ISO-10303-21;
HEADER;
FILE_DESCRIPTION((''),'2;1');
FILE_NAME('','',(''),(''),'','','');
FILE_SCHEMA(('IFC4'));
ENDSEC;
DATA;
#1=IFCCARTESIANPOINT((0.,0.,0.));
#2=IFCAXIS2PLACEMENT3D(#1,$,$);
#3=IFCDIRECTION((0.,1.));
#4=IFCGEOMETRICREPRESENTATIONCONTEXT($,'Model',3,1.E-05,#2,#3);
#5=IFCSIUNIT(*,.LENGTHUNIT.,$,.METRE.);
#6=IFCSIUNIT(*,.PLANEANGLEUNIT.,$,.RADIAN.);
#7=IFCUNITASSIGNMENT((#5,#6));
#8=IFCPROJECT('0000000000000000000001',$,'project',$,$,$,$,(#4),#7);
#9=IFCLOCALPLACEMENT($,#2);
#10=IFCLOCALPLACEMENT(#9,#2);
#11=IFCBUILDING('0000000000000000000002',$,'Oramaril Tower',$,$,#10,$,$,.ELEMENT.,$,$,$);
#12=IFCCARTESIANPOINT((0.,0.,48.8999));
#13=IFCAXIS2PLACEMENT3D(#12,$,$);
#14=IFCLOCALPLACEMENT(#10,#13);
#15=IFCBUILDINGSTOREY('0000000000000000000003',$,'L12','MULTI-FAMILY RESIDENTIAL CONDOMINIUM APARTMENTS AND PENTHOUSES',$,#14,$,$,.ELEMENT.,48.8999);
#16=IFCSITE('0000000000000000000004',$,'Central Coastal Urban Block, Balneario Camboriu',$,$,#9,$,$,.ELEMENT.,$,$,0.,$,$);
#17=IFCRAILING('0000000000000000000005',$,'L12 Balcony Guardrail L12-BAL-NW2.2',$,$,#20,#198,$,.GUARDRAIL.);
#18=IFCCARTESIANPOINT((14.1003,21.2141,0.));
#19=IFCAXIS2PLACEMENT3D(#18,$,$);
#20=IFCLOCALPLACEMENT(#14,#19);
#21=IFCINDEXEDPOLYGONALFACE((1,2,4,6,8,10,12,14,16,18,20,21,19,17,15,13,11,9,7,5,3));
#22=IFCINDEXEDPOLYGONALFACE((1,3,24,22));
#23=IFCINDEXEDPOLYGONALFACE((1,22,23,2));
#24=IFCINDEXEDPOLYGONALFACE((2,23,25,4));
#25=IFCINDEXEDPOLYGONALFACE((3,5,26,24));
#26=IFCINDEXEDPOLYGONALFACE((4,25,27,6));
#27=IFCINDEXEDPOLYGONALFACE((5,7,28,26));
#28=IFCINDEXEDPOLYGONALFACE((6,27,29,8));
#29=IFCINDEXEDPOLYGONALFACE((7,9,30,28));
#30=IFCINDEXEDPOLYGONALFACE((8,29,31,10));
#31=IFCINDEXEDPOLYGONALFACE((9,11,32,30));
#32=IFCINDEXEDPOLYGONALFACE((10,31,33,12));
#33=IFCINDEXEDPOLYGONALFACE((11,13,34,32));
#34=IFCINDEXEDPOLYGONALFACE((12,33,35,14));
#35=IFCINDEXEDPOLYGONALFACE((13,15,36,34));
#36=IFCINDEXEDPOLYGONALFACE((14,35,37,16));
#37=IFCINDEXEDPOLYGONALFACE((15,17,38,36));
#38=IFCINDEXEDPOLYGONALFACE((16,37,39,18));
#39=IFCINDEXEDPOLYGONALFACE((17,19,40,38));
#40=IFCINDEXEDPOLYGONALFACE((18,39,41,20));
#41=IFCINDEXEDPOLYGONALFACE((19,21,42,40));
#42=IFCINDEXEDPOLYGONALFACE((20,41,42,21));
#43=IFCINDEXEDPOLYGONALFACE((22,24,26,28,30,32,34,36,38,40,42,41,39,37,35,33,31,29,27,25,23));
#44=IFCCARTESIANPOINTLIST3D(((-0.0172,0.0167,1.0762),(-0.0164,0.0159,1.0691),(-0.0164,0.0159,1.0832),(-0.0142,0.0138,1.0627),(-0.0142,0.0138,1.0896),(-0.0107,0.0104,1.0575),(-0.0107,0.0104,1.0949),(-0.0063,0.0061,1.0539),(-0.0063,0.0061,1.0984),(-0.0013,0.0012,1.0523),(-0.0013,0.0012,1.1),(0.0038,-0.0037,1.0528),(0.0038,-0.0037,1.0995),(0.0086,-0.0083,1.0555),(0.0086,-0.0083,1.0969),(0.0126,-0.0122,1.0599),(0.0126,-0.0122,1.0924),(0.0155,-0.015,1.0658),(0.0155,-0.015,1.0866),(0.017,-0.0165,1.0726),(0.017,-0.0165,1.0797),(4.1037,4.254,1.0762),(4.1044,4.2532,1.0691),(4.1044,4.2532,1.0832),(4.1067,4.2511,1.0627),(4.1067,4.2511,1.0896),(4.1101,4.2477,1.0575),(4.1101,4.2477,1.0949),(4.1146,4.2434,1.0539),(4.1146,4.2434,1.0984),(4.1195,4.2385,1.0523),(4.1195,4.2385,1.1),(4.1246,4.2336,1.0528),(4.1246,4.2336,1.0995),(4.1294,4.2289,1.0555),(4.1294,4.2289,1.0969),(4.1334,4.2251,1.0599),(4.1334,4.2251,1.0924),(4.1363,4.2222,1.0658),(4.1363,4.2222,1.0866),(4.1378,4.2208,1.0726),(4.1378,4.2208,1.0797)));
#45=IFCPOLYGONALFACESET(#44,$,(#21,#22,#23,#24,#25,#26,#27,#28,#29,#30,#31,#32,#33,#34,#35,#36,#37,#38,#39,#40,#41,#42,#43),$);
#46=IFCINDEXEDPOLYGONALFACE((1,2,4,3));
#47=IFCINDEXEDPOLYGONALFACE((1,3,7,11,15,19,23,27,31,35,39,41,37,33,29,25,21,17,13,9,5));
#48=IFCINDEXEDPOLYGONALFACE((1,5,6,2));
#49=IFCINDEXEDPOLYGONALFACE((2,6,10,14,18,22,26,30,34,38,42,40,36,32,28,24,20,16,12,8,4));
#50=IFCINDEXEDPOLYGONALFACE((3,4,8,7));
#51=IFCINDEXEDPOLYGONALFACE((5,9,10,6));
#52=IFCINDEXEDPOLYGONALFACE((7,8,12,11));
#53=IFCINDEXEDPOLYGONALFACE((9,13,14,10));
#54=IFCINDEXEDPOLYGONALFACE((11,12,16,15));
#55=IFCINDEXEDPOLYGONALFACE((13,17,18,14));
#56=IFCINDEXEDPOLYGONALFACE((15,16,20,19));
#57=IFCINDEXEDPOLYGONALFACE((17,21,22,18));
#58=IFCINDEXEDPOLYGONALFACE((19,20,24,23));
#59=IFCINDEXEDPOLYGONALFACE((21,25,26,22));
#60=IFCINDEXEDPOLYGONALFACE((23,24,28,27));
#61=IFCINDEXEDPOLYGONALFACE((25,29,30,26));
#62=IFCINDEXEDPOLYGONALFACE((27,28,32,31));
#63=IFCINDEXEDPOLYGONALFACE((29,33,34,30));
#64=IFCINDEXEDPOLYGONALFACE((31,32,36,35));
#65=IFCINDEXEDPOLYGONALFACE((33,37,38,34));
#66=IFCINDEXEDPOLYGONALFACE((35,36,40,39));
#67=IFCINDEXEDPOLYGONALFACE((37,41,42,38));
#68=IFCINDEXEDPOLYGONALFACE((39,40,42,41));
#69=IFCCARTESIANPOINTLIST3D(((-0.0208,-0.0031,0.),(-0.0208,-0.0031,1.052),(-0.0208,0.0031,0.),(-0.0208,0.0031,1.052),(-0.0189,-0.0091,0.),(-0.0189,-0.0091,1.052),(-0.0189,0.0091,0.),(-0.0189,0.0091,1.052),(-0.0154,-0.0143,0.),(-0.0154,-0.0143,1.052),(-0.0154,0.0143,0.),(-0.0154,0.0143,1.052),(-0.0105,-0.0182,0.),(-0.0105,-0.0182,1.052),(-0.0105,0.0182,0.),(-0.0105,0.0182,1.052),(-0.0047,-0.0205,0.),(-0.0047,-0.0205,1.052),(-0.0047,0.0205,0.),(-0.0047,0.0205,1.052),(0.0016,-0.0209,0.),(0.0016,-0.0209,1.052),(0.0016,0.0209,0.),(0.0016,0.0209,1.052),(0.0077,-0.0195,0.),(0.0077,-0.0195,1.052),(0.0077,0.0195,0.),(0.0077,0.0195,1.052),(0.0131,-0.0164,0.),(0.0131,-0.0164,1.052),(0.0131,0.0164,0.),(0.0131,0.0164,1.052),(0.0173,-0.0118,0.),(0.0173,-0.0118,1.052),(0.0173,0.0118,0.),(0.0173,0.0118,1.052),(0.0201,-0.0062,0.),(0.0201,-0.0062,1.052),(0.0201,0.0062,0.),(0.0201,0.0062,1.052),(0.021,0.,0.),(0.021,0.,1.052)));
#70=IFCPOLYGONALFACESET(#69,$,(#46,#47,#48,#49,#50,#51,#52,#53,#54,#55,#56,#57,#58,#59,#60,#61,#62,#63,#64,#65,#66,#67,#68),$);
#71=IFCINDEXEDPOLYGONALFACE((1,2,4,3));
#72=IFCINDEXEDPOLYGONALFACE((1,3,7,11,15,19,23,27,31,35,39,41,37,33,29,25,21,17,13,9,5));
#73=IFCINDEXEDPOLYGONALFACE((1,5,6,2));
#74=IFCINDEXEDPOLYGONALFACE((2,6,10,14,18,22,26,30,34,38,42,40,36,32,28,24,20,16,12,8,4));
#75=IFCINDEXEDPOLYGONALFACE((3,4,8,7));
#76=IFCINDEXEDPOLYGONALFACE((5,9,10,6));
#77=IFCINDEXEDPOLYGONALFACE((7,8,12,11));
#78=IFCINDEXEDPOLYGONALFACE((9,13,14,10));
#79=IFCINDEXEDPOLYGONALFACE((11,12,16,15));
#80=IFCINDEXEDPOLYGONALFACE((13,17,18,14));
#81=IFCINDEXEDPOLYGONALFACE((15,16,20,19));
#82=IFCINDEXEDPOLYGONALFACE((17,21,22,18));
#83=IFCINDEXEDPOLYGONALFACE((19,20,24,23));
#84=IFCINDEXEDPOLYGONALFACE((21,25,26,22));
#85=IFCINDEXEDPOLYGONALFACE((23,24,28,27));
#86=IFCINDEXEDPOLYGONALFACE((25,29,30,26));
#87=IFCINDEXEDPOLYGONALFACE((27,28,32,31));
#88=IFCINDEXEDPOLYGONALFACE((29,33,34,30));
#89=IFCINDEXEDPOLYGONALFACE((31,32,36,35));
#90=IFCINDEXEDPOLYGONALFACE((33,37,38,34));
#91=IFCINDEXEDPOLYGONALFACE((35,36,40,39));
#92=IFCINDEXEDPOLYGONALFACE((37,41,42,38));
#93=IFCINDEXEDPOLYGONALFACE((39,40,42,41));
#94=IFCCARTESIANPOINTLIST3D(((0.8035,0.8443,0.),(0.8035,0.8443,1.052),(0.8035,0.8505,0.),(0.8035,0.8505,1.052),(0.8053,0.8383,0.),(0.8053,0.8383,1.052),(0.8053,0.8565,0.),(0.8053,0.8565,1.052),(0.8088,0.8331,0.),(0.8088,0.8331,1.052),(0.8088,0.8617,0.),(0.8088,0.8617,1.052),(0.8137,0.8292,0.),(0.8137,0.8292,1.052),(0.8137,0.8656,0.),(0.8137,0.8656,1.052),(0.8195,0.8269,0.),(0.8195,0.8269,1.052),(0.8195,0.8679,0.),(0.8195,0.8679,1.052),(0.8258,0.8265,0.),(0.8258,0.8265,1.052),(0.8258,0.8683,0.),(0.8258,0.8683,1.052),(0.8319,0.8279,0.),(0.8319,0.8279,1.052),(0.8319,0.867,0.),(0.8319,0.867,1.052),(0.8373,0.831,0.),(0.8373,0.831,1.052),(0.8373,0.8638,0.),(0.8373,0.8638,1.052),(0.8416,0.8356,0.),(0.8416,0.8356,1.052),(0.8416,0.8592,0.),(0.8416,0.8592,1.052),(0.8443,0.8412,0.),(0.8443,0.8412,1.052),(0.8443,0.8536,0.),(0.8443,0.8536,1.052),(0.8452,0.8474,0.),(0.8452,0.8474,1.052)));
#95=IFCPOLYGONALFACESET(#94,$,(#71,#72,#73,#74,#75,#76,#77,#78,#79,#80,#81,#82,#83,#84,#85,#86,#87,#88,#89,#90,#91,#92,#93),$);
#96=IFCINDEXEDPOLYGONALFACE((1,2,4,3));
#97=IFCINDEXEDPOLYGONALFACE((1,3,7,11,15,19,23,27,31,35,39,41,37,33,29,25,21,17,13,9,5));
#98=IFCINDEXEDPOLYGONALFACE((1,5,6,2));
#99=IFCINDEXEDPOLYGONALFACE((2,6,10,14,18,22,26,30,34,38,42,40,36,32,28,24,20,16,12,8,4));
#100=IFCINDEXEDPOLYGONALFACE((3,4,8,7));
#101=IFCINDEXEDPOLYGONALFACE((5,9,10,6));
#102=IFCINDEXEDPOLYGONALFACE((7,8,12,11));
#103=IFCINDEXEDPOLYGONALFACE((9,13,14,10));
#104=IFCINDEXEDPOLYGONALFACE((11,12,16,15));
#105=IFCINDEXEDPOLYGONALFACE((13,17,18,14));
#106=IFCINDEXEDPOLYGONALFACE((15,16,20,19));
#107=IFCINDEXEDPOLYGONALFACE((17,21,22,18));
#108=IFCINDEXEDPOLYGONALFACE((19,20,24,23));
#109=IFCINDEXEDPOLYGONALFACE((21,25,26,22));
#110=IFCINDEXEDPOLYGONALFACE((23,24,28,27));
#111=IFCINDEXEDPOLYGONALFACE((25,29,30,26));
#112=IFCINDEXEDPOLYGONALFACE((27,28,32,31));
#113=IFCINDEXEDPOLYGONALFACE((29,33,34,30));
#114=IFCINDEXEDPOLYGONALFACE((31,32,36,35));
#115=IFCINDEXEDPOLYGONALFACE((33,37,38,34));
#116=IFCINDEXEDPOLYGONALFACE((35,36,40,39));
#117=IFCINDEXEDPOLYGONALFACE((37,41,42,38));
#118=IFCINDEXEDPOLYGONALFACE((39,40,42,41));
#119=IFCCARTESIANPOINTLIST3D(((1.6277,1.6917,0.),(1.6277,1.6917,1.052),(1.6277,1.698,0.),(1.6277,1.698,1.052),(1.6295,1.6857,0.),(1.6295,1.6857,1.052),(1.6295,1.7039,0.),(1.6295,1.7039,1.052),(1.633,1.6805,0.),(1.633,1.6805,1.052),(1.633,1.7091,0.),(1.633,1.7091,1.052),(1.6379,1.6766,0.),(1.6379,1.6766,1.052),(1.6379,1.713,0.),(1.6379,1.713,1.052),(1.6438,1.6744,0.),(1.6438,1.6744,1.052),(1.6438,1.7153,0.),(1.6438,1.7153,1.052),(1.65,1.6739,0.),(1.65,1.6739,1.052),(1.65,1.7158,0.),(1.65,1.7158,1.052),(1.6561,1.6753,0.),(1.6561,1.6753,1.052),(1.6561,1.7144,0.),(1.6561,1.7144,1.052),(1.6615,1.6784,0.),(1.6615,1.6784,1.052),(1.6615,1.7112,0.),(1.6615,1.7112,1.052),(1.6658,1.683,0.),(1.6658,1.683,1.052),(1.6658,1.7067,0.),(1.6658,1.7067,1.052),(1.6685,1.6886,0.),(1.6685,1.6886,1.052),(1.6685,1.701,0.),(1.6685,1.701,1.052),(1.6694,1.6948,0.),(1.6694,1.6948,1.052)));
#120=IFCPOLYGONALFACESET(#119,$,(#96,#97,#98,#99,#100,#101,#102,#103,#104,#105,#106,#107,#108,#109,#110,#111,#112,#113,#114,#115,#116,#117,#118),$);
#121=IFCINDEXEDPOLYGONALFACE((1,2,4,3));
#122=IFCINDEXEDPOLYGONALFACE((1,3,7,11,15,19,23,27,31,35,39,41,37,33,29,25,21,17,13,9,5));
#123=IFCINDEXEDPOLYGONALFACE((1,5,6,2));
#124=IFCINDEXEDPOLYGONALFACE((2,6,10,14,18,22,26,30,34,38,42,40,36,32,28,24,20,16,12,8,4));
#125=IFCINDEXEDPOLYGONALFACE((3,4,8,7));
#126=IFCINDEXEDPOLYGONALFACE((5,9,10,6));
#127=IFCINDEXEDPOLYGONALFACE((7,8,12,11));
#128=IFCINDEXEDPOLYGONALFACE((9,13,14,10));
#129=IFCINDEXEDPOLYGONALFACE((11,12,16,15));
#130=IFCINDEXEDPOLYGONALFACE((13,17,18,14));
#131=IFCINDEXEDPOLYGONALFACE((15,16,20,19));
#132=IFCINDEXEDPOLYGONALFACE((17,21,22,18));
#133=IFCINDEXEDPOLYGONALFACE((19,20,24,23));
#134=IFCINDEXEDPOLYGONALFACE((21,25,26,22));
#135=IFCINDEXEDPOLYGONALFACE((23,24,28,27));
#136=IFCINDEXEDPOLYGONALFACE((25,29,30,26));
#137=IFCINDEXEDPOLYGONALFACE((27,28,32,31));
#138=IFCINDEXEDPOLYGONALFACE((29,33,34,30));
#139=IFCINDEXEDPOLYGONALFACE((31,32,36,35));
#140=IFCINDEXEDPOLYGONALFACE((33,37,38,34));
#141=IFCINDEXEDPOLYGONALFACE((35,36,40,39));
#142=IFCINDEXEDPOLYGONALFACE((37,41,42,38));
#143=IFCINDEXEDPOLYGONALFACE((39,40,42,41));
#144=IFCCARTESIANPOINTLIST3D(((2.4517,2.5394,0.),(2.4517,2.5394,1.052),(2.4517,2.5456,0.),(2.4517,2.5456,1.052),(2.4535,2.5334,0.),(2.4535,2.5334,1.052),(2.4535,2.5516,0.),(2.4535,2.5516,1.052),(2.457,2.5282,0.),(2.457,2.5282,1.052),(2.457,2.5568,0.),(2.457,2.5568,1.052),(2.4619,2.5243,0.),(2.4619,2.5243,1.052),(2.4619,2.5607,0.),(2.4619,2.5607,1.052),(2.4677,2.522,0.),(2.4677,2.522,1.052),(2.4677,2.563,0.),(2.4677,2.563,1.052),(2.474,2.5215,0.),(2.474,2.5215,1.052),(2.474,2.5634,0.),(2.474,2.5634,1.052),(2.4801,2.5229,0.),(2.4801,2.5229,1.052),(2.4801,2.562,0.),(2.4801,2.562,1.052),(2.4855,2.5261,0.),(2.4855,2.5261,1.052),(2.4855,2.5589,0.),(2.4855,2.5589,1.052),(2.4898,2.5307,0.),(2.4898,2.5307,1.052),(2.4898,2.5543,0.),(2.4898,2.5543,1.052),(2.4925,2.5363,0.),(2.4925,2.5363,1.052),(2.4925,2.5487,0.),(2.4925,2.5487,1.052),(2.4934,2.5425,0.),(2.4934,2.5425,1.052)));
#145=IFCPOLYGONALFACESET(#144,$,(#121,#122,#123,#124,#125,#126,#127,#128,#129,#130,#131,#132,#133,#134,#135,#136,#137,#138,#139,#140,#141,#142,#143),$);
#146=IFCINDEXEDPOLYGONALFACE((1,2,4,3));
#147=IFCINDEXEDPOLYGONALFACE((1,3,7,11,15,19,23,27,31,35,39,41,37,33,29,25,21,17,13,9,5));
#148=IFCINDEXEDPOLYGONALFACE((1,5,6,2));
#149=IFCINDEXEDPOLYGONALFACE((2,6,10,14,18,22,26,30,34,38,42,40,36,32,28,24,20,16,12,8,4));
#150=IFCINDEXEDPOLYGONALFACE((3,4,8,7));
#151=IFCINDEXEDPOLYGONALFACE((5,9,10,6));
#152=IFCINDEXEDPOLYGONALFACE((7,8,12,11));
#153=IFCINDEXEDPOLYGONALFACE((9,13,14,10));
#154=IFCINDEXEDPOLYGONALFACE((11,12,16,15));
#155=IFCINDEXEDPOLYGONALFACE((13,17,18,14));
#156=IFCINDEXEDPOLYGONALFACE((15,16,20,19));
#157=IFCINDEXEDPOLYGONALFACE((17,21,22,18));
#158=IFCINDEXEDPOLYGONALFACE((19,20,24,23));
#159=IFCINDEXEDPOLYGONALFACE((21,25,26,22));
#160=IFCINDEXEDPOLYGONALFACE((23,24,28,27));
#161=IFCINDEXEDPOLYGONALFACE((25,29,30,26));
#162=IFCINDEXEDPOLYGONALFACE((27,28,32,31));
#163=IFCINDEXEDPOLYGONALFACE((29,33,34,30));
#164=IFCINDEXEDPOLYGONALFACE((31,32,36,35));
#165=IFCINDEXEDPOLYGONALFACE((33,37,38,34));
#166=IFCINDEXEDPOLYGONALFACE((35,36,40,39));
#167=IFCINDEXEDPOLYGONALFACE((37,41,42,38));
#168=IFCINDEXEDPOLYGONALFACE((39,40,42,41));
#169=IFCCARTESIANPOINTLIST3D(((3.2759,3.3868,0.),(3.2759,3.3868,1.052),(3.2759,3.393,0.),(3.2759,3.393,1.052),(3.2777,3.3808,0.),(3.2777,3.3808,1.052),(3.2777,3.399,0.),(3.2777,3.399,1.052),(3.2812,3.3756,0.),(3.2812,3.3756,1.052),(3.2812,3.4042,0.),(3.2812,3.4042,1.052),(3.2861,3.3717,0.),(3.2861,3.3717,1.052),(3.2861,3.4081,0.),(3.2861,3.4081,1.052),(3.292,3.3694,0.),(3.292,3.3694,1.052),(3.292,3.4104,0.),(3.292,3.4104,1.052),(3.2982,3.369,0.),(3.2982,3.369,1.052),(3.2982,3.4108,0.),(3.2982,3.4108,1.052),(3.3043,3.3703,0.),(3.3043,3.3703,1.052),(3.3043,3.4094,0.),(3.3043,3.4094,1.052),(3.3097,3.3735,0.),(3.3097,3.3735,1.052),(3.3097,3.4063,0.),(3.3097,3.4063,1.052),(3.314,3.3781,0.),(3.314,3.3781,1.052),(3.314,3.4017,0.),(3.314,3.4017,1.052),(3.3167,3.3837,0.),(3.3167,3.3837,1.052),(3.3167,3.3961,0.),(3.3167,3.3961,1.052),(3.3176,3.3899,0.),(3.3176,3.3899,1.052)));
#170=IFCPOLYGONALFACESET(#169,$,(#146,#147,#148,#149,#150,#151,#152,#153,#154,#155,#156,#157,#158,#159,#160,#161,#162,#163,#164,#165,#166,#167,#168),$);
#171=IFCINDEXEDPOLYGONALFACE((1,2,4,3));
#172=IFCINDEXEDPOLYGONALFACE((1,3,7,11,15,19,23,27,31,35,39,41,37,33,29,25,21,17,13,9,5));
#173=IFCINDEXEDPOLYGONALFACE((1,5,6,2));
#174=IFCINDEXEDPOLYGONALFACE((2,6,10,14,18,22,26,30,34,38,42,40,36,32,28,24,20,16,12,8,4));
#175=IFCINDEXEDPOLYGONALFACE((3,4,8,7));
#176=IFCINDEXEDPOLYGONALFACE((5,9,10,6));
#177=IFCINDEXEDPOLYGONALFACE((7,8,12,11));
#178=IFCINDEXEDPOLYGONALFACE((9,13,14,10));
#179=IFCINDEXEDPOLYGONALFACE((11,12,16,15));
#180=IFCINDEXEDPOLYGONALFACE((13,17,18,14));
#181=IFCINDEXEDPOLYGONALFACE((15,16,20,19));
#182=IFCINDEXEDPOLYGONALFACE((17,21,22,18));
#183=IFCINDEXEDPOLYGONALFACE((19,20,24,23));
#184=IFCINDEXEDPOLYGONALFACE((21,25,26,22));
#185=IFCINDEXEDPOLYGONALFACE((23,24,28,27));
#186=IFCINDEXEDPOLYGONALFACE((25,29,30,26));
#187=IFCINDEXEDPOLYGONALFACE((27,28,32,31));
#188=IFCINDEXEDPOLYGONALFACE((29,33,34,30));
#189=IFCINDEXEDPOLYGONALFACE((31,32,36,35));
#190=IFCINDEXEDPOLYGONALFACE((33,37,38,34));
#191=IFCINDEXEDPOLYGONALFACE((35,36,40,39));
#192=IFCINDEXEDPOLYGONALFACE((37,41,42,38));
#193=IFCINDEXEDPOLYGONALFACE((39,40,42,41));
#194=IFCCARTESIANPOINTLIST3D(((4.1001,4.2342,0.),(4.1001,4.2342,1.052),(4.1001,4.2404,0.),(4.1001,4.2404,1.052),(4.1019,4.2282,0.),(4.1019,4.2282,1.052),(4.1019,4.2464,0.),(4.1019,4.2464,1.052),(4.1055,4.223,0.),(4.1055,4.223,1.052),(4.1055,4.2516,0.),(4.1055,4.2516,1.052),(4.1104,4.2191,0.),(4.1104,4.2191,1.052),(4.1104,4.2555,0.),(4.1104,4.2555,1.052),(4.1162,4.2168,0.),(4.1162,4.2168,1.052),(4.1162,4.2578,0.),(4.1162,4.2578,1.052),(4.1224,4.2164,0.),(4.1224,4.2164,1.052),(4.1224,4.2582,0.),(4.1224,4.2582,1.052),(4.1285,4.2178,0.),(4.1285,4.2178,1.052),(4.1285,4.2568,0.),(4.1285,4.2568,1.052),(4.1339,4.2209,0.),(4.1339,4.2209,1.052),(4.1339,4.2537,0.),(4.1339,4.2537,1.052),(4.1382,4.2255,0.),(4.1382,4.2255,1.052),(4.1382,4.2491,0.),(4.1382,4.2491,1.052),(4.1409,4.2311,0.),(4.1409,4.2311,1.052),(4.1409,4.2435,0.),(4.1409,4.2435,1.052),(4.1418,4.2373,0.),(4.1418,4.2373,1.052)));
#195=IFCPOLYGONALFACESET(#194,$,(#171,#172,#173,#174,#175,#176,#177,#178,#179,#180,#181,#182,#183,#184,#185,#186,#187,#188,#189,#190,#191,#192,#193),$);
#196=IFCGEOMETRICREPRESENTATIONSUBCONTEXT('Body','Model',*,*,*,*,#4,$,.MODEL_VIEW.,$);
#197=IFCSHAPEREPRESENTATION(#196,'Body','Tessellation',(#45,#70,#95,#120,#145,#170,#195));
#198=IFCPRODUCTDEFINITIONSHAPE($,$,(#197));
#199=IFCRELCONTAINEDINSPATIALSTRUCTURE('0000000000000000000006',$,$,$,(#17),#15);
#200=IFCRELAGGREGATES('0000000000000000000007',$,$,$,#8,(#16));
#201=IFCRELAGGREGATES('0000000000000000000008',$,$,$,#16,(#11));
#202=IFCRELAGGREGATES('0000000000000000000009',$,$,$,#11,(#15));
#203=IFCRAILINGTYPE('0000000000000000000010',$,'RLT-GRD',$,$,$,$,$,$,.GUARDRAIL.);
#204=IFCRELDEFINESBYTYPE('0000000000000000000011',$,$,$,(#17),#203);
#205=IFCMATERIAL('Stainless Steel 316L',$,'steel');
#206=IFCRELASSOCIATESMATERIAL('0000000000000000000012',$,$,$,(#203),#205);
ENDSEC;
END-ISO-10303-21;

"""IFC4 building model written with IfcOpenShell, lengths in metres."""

from ifc_helpers import new_model, si_unit, direction, frame, origin, origin_2d, place, context, subcontext, project, spatial, circle, extrude, material, type_object, element, save


model = new_model("IFC4")

# Units and contexts
model_context = context("Model", 3, precision=1e-05, world=origin(), true_north=direction((0.0, 1.0)))
body_context = subcontext(model_context, "Body", "Model", "MODEL_VIEW")
ifc_project = project(units=[si_unit("LENGTHUNIT", "METRE"), si_unit("PLANEANGLEUNIT", "RADIAN")], contexts=[model_context])

# Site, building, storey
site_placement = place(None, origin())
site = spatial("IfcSite", under=ifc_project, at=site_placement, Name="Central Coastal Urban Block, Balneario Camboriu", CompositionType="ELEMENT", RefElevation=0.0)
building_placement = place(site_placement, origin())
building = spatial("IfcBuilding", under=site, at=building_placement, Name="Oramaril Tower", CompositionType="ELEMENT")
storey_placement = place(building_placement, frame((0.0, 0.0, 48.8999)))
storey = spatial("IfcBuildingStorey", under=building, at=storey_placement, Name="L12", Description="MULTI-FAMILY RESIDENTIAL CONDOMINIUM APARTMENTS AND PENTHOUSES", CompositionType="ELEMENT", Elevation=48.8999)

# Railing
ifc_material_1 = material(Name="Stainless Steel 316L", Category="steel")
railing_type = type_object("IfcRailingType", Name="RLT-GRD", PredefinedType="GUARDRAIL", material=ifc_material_1)
railing_1_placement = place(storey_placement, frame((14.1003, 21.2141, 0.0)))
element("IfcRailing", 1, at=railing_1_placement, inside=storey, type_object=railing_type, Name="L12 Balcony Guardrail L12-BAL-NW2.2", PredefinedType="GUARDRAIL", context=body_context, shape_type="SweptSolid", body=[
    extrude(circle(Radius=0.0239, at=origin_2d()), frame((0.0, 0.0, 1.0762), z_axis=(0.697187, 0.716889, 0.0), x_axis=(-0.716889, 0.697187, 0.0)), (0.0, 0.0, 1.0), 5.9106),
    extrude(circle(Radius=0.021, at=origin_2d()), origin(), (0.0, 0.0, 1.0), 1.052),
    extrude(circle(Radius=0.021, at=origin_2d()), frame((0.8242, 0.8474, 0.0)), (0.0, 0.0, 1.0), 1.052),
    extrude(circle(Radius=0.021, at=origin_2d()), frame((1.6484, 1.6948, 0.0)), (0.0, 0.0, 1.0), 1.052),
    extrude(circle(Radius=0.021, at=origin_2d()), frame((2.4724, 2.5425, 0.0)), (0.0, 0.0, 1.0), 1.052),
    extrude(circle(Radius=0.021, at=origin_2d()), frame((3.2966, 3.3899, 0.0)), (0.0, 0.0, 1.0), 1.052),
    extrude(circle(Radius=0.021, at=origin_2d()), frame((4.1208, 4.2373, 0.0)), (0.0, 0.0, 1.0), 1.052),
])

save(model, "model.ifc")
